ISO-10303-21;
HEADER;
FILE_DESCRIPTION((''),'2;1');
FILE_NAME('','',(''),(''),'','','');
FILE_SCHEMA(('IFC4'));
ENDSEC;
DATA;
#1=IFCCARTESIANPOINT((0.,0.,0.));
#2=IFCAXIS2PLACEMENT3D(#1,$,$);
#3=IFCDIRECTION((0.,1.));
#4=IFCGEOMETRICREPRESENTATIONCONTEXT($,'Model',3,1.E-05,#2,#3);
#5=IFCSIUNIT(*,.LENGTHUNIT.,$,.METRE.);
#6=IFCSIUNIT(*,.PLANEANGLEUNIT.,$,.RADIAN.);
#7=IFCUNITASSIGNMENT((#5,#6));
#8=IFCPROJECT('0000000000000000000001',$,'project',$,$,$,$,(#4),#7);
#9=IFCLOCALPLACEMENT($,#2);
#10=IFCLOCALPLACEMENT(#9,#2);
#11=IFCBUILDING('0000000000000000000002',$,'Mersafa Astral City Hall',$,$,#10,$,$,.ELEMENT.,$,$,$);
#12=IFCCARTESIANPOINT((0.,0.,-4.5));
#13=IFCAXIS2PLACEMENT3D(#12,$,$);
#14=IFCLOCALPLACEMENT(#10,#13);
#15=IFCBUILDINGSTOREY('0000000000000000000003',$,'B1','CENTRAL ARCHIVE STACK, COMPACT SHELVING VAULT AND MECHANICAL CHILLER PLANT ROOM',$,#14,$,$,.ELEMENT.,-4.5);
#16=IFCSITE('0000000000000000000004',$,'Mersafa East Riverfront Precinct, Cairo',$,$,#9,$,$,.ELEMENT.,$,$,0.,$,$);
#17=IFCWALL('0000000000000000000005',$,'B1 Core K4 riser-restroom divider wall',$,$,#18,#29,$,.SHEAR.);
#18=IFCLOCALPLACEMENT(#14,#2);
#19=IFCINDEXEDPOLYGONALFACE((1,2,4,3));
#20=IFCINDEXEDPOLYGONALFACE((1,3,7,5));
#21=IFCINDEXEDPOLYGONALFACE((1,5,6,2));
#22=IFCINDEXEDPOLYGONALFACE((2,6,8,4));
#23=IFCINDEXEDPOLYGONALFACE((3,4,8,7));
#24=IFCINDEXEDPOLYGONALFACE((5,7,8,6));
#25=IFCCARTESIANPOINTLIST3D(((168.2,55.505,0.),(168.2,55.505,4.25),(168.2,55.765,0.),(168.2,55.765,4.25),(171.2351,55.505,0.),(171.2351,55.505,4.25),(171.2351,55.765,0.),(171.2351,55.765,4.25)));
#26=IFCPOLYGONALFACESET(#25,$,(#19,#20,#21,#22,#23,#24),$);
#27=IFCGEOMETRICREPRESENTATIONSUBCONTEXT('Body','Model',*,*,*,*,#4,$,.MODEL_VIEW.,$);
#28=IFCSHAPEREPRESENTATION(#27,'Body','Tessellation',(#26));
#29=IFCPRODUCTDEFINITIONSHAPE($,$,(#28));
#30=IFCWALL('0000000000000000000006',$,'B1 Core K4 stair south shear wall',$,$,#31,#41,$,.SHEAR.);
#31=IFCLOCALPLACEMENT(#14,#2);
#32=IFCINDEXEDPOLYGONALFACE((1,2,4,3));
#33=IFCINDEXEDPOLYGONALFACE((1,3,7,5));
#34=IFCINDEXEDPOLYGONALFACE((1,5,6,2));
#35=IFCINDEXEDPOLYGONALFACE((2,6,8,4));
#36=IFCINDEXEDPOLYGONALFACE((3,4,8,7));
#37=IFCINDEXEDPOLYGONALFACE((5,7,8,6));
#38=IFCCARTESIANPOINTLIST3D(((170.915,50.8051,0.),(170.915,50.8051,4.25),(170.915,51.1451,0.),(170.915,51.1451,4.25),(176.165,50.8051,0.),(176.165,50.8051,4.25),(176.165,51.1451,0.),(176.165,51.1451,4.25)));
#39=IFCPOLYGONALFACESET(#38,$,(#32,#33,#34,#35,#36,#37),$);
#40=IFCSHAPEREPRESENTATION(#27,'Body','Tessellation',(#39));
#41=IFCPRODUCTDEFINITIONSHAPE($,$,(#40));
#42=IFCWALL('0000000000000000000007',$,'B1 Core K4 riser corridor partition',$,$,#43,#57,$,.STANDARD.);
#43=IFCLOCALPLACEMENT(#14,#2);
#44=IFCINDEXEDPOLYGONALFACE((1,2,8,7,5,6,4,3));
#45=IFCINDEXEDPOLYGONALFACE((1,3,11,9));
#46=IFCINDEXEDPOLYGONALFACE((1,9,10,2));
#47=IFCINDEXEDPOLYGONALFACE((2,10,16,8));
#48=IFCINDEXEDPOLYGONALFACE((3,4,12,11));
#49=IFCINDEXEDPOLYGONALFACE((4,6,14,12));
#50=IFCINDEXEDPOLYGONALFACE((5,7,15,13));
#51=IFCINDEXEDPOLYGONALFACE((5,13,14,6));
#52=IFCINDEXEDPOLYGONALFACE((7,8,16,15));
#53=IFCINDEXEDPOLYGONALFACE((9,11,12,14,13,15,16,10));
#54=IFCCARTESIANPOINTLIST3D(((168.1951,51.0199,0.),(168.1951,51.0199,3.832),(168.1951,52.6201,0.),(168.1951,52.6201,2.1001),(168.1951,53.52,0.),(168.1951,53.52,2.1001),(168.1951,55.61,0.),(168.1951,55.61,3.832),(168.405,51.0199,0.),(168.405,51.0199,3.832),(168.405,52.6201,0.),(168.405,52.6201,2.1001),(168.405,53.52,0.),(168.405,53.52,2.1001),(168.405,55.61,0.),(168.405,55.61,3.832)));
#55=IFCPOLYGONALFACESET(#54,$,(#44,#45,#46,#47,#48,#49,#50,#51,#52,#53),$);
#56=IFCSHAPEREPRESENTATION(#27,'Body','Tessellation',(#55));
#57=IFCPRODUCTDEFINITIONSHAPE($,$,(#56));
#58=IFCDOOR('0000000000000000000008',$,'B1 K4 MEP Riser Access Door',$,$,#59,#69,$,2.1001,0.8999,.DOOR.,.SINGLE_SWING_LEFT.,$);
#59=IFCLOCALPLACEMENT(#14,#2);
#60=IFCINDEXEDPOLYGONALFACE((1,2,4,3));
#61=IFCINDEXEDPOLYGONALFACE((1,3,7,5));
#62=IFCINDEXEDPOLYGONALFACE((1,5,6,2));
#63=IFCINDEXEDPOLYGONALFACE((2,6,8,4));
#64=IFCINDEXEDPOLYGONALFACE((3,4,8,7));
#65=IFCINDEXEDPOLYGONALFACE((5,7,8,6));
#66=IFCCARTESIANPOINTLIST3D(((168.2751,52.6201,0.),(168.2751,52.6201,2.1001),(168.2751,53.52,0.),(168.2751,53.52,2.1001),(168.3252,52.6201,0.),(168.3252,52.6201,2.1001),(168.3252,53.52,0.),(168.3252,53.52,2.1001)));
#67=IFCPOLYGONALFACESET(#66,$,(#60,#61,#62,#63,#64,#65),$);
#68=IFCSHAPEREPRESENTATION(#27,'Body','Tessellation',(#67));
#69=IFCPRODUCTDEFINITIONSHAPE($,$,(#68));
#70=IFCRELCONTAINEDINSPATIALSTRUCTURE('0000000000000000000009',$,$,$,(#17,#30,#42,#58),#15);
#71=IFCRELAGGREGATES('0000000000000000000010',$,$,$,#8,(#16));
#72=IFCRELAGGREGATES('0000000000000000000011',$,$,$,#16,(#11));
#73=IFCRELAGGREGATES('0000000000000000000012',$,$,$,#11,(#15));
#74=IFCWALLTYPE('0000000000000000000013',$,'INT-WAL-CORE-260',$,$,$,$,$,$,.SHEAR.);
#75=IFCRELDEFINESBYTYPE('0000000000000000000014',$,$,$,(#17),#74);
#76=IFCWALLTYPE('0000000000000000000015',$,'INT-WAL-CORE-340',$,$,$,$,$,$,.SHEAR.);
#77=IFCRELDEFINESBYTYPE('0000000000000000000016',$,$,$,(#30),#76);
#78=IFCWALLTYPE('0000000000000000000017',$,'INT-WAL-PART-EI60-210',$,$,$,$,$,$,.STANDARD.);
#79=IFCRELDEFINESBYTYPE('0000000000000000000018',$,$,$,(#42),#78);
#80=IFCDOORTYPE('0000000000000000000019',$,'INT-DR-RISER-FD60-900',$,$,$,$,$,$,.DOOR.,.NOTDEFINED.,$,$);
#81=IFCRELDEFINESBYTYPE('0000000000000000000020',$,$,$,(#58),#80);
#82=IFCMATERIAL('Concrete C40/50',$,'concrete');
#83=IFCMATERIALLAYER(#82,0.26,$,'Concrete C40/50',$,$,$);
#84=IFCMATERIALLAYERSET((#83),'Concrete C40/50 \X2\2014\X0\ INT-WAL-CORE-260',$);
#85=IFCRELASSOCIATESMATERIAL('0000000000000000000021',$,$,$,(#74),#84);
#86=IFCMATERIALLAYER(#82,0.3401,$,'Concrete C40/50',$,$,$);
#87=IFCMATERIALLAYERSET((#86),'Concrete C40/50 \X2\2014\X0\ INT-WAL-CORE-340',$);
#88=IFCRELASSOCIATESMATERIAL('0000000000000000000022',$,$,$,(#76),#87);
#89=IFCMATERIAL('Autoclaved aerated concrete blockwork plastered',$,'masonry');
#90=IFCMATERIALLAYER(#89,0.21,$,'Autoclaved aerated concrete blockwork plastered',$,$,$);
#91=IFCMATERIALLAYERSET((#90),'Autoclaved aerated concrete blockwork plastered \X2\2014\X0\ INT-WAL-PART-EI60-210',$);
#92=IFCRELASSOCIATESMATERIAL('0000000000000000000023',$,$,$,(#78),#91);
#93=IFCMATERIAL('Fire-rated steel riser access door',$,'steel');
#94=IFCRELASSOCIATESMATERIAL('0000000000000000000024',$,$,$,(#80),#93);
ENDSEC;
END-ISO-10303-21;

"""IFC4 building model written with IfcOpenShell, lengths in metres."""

from ifc_helpers import new_model, si_unit, direction, frame, frame_2d, origin, place, context, subcontext, project, spatial, rectangle, extrude, material, layer, layer_set, type_object, element, fill, save


model = new_model("IFC4")

# Units and contexts
model_context = context("Model", 3, precision=1e-05, world=origin(), true_north=direction((0.0, 1.0)))
body_context = subcontext(model_context, "Body", "Model", "MODEL_VIEW")
ifc_project = project(units=[si_unit("LENGTHUNIT", "METRE"), si_unit("PLANEANGLEUNIT", "RADIAN")], contexts=[model_context])

# Site, building, storey
site_placement = place(None, origin())
site = spatial("IfcSite", under=ifc_project, at=site_placement, Name="Mersafa East Riverfront Precinct, Cairo", CompositionType="ELEMENT", RefElevation=0.0)
building_placement = place(site_placement, origin())
building = spatial("IfcBuilding", under=site, at=building_placement, Name="Mersafa Astral City Hall", CompositionType="ELEMENT")
storey_placement = place(building_placement, frame((0.0, 0.0, -4.5)))
storey = spatial("IfcBuildingStorey", under=building, at=storey_placement, Name="B1", Description="CENTRAL ARCHIVE STACK, COMPACT SHELVING VAULT AND MECHANICAL CHILLER PLANT ROOM", CompositionType="ELEMENT", Elevation=-4.5)

# Shared definitions
ifc_material_1 = material(Name="Concrete C40/50", Category="concrete")

# Walls
ifc_layer_1 = layer(ifc_material_1, 0.26, Name="Concrete C40/50")
ifc_layer_set_1 = layer_set([ifc_layer_1], Name="Concrete C40/50 — INT-WAL-CORE-260")
wall_type_1 = type_object("IfcWallType", Name="INT-WAL-CORE-260", PredefinedType="SHEAR", material=ifc_layer_set_1)
for number, where, z_axis, x_axis, name in (
    (1, (168.2, 55.635, 0.0), (0.0, 0.0, 1.0), (1.0, 0.0, 0.0), "B1 Core K4 riser-restroom divider wall"),
):
    element("IfcWall", number, at=place(storey_placement, frame(where, z_axis=z_axis, x_axis=x_axis)), inside=storey, type_object=wall_type_1, Name=name, PredefinedType="SHEAR", context=body_context, shape_type="SweptSolid", body=[
        extrude(rectangle(XDim=3.0352, YDim=0.26, at=frame_2d((1.5176, 0.0))), origin(), (0.0, 0.0, 1.0), 4.25),
    ])
ifc_layer_2 = layer(ifc_material_1, 0.3401, Name="Concrete C40/50")
ifc_layer_set_2 = layer_set([ifc_layer_2], Name="Concrete C40/50 — INT-WAL-CORE-340")
wall_type_2 = type_object("IfcWallType", Name="INT-WAL-CORE-340", PredefinedType="SHEAR", material=ifc_layer_set_2)
wall_1_placement = place(storey_placement, frame((170.915, 50.9751, 0.0), z_axis=(0.0, 0.0, 1.0), x_axis=(1.0, 0.0, 0.0)))
element("IfcWall", 2, at=wall_1_placement, inside=storey, type_object=wall_type_2, Name="B1 Core K4 stair south shear wall", PredefinedType="SHEAR", context=body_context, shape_type="SweptSolid", body=[
    extrude(rectangle(XDim=5.25, YDim=0.3401, at=frame_2d((2.625, 0.0))), origin(), (0.0, 0.0, 1.0), 4.25),
])

# Wall, opening, door
ifc_material_2 = material(Name="Autoclaved aerated concrete blockwork plastered", Category="masonry")
ifc_layer_3 = layer(ifc_material_2, 0.21, Name="Autoclaved aerated concrete blockwork plastered")
ifc_layer_set_3 = layer_set([ifc_layer_3], Name="Autoclaved aerated concrete blockwork plastered — INT-WAL-PART-EI60-210")
wall_type_3 = type_object("IfcWallType", Name="INT-WAL-PART-EI60-210", PredefinedType="STANDARD", material=ifc_layer_set_3)
wall_2_placement = place(storey_placement, frame((168.3, 51.02, 0.0), z_axis=(0.0, 0.0, 1.0), x_axis=(0.0, 1.0, 0.0)))
wall_2 = element("IfcWall", 3, at=wall_2_placement, inside=storey, type_object=wall_type_3, Name="B1 Core K4 riser corridor partition", PredefinedType="STANDARD", context=body_context, shape_type="SweptSolid", body=[
    extrude(rectangle(XDim=4.5901, YDim=0.21, at=frame_2d((2.2949, 0.0))), origin(), (0.0, 0.0, 1.0), 3.832),
])
opening_1_placement = place(wall_2_placement, frame((1.6001, 0.0, 0.0)))
opening_1 = element("IfcOpeningElement", 4, at=opening_1_placement, cuts=wall_2, PredefinedType="OPENING", context=body_context, shape_type="SweptSolid", body=[
    extrude(rectangle(XDim=0.8999, YDim=2.1001, at=frame_2d((0.45, 1.05))), frame((0.0, 0.115, 0.0), z_axis=(0.0, -1.0, 0.0), x_axis=(1.0, 0.0, 0.0)), (0.0, 0.0, 1.0), 0.23),
])
ifc_material_3 = material(Name="Fire-rated steel riser access door", Category="steel")
door_type_1 = type_object("IfcDoorType", Name="INT-DR-RISER-FD60-900", OperationType="NOTDEFINED", PredefinedType="DOOR", material=ifc_material_3)
door_1_placement = place(opening_1_placement, origin())
door_1 = element("IfcDoor", 5, at=door_1_placement, inside=storey, type_object=door_type_1, Name="B1 K4 MEP Riser Access Door", OperationType="SINGLE_SWING_LEFT", OverallHeight=2.1001, OverallWidth=0.8999, PredefinedType="DOOR", context=body_context, shape_type="SweptSolid", body=[
    extrude(rectangle(XDim=0.8999, YDim=2.1001, at=frame_2d((0.45, 1.05))), frame((0.0, 0.0249, 0.0), z_axis=(0.0, -1.0, 0.0), x_axis=(1.0, 0.0, 0.0)), (0.0, 0.0, 1.0), 0.05),
])
fill(opening_1, door_1)

save(model, "model.ifc")
